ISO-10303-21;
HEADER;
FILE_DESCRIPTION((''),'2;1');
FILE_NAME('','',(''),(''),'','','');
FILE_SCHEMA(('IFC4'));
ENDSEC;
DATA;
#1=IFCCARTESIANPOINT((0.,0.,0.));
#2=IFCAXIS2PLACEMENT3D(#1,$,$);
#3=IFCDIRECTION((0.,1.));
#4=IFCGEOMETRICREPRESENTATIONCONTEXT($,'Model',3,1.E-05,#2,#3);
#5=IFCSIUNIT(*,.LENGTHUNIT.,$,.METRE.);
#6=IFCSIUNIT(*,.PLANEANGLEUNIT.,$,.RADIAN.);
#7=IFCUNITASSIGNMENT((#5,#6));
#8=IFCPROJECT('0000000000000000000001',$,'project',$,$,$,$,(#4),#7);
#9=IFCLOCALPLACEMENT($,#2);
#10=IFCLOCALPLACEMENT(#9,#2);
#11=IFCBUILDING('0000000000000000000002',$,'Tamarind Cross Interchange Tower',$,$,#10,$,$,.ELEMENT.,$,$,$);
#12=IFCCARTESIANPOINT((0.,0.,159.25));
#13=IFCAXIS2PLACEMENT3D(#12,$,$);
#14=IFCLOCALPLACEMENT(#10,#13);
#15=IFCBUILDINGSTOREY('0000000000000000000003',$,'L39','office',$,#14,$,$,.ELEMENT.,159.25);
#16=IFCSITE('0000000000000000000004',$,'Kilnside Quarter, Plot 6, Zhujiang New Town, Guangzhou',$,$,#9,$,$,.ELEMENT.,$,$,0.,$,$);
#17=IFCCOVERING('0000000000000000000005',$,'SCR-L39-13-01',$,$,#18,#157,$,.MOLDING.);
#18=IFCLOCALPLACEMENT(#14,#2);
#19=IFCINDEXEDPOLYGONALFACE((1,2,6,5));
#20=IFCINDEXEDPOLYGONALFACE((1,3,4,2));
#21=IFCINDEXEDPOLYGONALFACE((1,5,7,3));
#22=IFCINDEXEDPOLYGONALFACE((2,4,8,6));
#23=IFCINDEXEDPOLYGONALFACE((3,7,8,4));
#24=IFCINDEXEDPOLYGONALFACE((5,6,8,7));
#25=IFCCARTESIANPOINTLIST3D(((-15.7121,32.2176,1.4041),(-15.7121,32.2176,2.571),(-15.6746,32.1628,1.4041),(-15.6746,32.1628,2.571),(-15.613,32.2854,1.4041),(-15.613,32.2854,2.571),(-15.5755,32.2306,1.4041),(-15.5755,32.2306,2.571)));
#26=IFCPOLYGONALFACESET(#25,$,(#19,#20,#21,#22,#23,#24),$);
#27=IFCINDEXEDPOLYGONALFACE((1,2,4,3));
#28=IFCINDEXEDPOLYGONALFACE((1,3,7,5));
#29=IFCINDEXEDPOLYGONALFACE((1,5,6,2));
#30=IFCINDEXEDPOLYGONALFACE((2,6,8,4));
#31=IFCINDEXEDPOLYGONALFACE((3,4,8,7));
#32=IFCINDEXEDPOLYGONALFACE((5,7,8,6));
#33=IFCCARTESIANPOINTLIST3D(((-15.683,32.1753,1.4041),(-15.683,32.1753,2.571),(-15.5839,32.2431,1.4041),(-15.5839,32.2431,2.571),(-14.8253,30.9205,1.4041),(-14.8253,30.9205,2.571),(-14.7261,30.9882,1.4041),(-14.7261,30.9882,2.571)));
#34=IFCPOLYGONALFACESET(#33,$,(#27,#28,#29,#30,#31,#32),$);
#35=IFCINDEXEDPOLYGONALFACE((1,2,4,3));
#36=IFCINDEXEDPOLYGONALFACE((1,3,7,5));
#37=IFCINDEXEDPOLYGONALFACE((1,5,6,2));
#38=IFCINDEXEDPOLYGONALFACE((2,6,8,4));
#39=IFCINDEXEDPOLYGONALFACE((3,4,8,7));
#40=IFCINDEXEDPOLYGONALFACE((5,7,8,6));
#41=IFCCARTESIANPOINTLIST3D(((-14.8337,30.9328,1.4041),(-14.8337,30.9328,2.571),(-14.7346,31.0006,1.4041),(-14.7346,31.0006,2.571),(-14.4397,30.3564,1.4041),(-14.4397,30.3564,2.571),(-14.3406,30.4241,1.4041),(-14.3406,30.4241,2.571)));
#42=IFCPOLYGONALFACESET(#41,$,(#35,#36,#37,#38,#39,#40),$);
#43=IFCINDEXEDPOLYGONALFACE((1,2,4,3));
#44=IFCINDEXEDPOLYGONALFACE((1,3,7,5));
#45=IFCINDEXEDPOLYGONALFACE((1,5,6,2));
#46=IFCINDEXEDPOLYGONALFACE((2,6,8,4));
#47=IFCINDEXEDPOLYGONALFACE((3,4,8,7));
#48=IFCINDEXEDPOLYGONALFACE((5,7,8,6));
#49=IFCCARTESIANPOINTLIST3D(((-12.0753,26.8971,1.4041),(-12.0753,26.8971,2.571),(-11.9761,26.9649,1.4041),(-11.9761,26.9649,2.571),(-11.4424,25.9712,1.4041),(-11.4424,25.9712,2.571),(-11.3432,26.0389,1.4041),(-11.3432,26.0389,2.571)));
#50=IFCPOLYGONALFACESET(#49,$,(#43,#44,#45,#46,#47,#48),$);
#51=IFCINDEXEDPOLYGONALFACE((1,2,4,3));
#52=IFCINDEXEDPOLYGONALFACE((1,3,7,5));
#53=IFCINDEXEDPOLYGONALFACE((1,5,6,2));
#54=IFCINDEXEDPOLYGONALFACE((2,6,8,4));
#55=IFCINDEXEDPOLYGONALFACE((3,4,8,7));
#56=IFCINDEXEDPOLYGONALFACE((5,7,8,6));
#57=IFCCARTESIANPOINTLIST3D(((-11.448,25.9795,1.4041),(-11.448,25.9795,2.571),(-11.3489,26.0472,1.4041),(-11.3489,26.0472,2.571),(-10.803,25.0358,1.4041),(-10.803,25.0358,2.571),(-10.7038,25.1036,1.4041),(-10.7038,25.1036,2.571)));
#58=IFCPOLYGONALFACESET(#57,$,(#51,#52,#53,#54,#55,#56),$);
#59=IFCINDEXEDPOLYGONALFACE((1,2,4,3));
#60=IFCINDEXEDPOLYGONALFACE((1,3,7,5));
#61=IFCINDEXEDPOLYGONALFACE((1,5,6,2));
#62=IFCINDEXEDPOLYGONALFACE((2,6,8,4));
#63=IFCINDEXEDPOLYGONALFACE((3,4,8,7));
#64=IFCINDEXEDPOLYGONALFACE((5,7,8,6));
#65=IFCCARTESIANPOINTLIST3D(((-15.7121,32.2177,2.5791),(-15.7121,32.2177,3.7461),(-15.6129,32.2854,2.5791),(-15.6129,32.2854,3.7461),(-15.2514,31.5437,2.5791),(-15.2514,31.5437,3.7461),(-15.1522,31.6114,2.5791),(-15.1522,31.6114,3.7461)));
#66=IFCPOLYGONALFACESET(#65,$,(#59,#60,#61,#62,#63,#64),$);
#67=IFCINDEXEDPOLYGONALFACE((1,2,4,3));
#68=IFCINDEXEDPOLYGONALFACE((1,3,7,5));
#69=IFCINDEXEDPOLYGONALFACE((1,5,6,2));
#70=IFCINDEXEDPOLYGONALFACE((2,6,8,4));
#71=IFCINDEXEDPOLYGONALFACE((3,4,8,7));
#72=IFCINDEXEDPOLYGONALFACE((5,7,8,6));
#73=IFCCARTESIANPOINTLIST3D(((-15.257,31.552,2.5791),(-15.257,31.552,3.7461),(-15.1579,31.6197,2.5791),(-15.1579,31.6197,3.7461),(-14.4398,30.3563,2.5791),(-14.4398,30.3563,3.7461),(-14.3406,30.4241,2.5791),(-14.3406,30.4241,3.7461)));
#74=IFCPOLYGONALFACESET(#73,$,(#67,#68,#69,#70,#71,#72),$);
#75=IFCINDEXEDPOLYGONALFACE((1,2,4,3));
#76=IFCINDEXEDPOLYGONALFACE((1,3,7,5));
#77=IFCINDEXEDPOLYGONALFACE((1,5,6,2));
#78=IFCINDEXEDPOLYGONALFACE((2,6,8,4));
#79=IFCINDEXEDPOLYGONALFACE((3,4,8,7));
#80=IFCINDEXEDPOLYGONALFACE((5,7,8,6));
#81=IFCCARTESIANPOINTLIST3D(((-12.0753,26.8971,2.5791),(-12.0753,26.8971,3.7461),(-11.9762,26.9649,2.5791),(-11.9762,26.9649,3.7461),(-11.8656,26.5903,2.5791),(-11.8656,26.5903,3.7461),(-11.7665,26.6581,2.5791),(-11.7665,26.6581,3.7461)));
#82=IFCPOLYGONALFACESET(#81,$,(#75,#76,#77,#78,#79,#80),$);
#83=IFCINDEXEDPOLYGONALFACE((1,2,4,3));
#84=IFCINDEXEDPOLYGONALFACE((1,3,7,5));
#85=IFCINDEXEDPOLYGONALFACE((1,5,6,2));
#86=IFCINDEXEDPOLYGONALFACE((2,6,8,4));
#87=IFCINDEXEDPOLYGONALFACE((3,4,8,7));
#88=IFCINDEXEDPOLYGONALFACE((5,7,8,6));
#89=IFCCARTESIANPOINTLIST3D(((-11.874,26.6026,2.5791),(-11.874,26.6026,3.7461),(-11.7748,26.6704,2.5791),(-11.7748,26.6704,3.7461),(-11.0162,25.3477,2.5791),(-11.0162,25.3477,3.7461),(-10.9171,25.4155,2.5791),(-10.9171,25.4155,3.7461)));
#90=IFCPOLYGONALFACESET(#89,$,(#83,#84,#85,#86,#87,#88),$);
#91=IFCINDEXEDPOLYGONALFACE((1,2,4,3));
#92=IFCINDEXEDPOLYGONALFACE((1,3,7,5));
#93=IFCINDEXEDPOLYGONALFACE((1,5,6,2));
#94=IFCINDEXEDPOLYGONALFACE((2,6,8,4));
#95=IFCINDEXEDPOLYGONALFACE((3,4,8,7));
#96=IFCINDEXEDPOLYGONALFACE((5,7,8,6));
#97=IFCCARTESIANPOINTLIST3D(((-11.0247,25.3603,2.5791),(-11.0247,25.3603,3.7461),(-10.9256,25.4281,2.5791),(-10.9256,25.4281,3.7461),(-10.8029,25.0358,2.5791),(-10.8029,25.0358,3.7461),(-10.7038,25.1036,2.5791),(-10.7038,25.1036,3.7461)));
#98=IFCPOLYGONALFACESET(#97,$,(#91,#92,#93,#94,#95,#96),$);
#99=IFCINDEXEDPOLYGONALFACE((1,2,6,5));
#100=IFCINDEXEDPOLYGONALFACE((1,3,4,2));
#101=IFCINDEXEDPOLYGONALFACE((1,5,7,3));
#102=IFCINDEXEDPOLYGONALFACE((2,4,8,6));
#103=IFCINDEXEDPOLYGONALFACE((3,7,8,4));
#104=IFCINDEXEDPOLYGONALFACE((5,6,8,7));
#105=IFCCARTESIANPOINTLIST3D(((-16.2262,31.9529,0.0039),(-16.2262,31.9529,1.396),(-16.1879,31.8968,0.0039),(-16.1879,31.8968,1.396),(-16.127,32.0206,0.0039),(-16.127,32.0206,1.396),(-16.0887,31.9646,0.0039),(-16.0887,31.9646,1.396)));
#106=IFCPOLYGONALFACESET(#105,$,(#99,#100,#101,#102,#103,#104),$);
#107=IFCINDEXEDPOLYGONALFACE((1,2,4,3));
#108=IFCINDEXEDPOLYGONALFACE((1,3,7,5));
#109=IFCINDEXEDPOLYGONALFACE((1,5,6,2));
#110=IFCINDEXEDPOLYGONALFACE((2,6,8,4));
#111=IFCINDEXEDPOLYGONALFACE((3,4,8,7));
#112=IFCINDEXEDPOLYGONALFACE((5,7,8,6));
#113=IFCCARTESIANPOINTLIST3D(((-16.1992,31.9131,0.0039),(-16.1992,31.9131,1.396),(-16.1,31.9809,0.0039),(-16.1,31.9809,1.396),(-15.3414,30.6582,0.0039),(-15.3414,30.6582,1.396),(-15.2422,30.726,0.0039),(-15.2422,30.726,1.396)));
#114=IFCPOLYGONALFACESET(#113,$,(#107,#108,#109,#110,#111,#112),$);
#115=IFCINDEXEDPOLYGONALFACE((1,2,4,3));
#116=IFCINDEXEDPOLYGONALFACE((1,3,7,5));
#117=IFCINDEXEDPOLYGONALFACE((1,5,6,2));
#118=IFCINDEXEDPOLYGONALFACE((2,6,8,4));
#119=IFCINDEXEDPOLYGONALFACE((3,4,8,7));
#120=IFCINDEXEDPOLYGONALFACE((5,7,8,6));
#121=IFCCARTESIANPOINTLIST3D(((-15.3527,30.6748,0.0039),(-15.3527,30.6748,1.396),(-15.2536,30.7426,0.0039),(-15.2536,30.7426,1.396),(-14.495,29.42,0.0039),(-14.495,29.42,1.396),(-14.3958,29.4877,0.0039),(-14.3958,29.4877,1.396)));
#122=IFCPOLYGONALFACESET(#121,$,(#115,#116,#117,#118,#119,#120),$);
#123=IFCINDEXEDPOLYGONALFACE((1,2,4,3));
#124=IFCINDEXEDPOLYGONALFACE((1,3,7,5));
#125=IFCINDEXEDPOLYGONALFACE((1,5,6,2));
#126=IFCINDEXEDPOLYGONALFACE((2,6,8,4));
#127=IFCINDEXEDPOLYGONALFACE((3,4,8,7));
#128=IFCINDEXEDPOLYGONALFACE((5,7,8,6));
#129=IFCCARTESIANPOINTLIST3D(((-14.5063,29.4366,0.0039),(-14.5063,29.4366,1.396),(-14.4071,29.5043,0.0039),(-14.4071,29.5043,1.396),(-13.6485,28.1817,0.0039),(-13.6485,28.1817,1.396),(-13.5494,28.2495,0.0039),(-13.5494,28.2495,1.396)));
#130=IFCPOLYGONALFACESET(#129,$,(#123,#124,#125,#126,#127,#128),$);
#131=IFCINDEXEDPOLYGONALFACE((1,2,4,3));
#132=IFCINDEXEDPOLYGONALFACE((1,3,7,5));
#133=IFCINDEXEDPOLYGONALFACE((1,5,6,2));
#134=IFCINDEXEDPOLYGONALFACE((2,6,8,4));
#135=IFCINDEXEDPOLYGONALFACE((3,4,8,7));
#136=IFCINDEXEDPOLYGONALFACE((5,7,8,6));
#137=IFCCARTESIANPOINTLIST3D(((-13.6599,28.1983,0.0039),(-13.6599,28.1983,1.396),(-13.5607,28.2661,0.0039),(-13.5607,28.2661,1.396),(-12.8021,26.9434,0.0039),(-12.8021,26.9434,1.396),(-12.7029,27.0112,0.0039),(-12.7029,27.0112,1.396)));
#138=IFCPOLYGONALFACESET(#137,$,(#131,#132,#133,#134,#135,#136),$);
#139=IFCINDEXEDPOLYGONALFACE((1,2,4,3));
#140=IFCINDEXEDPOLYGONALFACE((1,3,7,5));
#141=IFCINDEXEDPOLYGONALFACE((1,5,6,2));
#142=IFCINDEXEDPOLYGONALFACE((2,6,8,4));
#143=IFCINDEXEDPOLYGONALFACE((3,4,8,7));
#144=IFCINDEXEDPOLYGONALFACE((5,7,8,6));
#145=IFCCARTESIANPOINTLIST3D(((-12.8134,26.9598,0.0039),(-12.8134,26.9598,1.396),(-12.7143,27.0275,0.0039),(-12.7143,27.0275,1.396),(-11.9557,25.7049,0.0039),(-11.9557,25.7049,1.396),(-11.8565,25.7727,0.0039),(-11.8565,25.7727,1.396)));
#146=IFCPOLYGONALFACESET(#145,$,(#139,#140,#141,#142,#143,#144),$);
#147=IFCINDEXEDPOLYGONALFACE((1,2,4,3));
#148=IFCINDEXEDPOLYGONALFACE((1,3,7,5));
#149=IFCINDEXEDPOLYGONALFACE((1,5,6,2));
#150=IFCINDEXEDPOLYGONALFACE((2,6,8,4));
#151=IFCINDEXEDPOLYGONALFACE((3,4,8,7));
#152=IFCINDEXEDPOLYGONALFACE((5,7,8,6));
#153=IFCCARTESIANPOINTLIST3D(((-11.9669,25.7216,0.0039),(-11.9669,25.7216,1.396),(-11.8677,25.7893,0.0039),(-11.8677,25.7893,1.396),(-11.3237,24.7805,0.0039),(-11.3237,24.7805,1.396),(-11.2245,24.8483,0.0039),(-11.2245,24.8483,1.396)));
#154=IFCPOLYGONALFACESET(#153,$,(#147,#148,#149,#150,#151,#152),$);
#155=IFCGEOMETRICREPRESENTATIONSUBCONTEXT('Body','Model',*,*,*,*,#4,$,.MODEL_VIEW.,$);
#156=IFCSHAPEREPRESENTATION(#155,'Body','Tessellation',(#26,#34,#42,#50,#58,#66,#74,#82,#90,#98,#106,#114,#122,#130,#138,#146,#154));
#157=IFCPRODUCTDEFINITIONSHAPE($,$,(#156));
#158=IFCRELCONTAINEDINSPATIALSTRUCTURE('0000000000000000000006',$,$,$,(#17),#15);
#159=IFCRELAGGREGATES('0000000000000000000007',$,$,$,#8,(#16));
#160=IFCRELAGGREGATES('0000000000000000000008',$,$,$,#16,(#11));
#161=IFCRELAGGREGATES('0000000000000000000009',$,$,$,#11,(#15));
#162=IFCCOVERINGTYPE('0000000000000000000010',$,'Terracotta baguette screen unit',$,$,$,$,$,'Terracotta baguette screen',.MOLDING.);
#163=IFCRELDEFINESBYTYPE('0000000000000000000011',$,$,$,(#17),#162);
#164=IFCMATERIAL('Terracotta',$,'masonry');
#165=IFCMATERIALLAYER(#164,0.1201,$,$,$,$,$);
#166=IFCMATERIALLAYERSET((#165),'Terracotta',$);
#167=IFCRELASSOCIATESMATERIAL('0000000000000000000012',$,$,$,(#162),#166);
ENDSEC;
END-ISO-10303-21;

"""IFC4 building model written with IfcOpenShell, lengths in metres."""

from ifc_helpers import new_model, si_unit, direction, frame, origin, origin_2d, place, context, subcontext, project, spatial, rectangle, extrude, material, layer, layer_set, type_object, element, save


model = new_model("IFC4")

# Units and contexts
model_context = context("Model", 3, precision=1e-05, world=origin(), true_north=direction((0.0, 1.0)))
body_context = subcontext(model_context, "Body", "Model", "MODEL_VIEW")
ifc_project = project(units=[si_unit("LENGTHUNIT", "METRE"), si_unit("PLANEANGLEUNIT", "RADIAN")], contexts=[model_context])

# Site, building, storey
site_placement = place(None, origin())
site = spatial("IfcSite", under=ifc_project, at=site_placement, Name="Kilnside Quarter, Plot 6, Zhujiang New Town, Guangzhou", CompositionType="ELEMENT", RefElevation=0.0)
building_placement = place(site_placement, origin())
building = spatial("IfcBuilding", under=site, at=building_placement, Name="Tamarind Cross Interchange Tower", CompositionType="ELEMENT")
storey_placement = place(building_placement, frame((0.0, 0.0, 159.25)))
storey = spatial("IfcBuildingStorey", under=building, at=storey_placement, Name="L39", Description="office", CompositionType="ELEMENT", Elevation=159.25)

# Covering
ifc_material_1 = material(Name="Terracotta", Category="masonry")
ifc_layer_1 = layer(ifc_material_1, 0.1201)
ifc_layer_set_1 = layer_set([ifc_layer_1], Name="Terracotta")
covering_type = type_object("IfcCoveringType", Name="Terracotta baguette screen unit", ElementType="Terracotta baguette screen", PredefinedType="MOLDING", material=ifc_layer_set_1)
covering_1_placement = place(storey_placement, origin())
element("IfcCovering", 1, at=covering_1_placement, inside=storey, type_object=covering_type, Name="SCR-L39-13-01", PredefinedType="MOLDING", context=body_context, shape_type="SweptSolid", body=[
    extrude(rectangle(XDim=0.0664, YDim=0.1201, at=origin_2d()), frame((-15.6438, 32.2241, 1.4041), z_axis=(0.0, 0.0, 1.0), x_axis=(0.564301, -0.825569, 0.0)), (0.0, 0.0, 1.0), 1.167),
    extrude(rectangle(XDim=1.52, YDim=0.1201, at=origin_2d()), frame((-15.2046, 31.5818, 1.4041), z_axis=(0.0, 0.0, 1.0), x_axis=(0.564301, -0.825569, 0.0)), (0.0, 0.0, 1.0), 1.167),
    extrude(rectangle(XDim=0.6982, YDim=0.1201, at=origin_2d()), frame((-14.5872, 30.6785, 1.4041), z_axis=(0.0, 0.0, 1.0), x_axis=(0.564301, -0.825569, 0.0)), (0.0, 0.0, 1.0), 1.167),
    extrude(rectangle(XDim=1.1216, YDim=0.1201, at=origin_2d()), frame((-11.7092, 26.468, 1.4041), z_axis=(0.0, 0.0, 1.0), x_axis=(0.564301, -0.825569, 0.0)), (0.0, 0.0, 1.0), 1.167),
    extrude(rectangle(XDim=1.1431, YDim=0.1201, at=origin_2d()), frame((-11.0759, 25.5415, 1.4041), z_axis=(0.0, 0.0, 1.0), x_axis=(0.564301, -0.825569, 0.0)), (0.0, 0.0, 1.0), 1.167),
    extrude(rectangle(XDim=0.8164, YDim=0.1201, at=origin_2d()), frame((-15.4321, 31.9146, 2.5791), z_axis=(0.0, 0.0, 1.0), x_axis=(0.564301, -0.825569, 0.0)), (0.0, 0.0, 1.0), 1.167),
    extrude(rectangle(XDim=1.4482, YDim=0.1201, at=origin_2d()), frame((-14.7988, 30.988, 2.5791), z_axis=(0.0, 0.0, 1.0), x_axis=(0.564301, -0.825569, 0.0)), (0.0, 0.0, 1.0), 1.167),
    extrude(rectangle(XDim=0.3716, YDim=0.1201, at=origin_2d()), frame((-11.9209, 26.7776, 2.5791), z_axis=(0.0, 0.0, 1.0), x_axis=(0.564301, -0.825569, 0.0)), (0.0, 0.0, 1.0), 1.167),
    extrude(rectangle(XDim=1.52, YDim=0.1201, at=origin_2d()), frame((-11.3955, 26.009, 2.5791), z_axis=(0.0, 0.0, 1.0), x_axis=(0.564301, -0.825569, 0.0)), (0.0, 0.0, 1.0), 1.167),
    extrude(rectangle(XDim=0.3931, YDim=0.1201, at=origin_2d()), frame((-10.8643, 25.2319, 2.5791), z_axis=(0.0, 0.0, 1.0), x_axis=(0.564301, -0.825569, 0.0)), (0.0, 0.0, 1.0), 1.167),
    extrude(rectangle(XDim=0.0679, YDim=0.1201, at=origin_2d()), frame((-16.1575, 31.9587, 0.0039), z_axis=(0.0, 0.0, 1.0), x_axis=(0.564301, -0.825569, 0.0)), (0.0, 0.0, 1.0), 1.3921),
    extrude(rectangle(XDim=1.52, YDim=0.1201, at=origin_2d()), frame((-15.7207, 31.3196, 0.0039), z_axis=(0.0, 0.0, 1.0), x_axis=(0.564301, -0.825569, 0.0)), (0.0, 0.0, 1.0), 1.3921),
    extrude(rectangle(XDim=1.52, YDim=0.1201, at=origin_2d()), frame((-14.8743, 30.0813, 0.0039), z_axis=(0.0, 0.0, 1.0), x_axis=(0.564301, -0.825569, 0.0)), (0.0, 0.0, 1.0), 1.3921),
    extrude(rectangle(XDim=1.52, YDim=0.1201, at=origin_2d()), frame((-14.0278, 28.843, 0.0039), z_axis=(0.0, 0.0, 1.0), x_axis=(0.564301, -0.825569, 0.0)), (0.0, 0.0, 1.0), 1.3921),
    extrude(rectangle(XDim=1.52, YDim=0.1201, at=origin_2d()), frame((-13.1814, 27.6047, 0.0039), z_axis=(0.0, 0.0, 1.0), x_axis=(0.564301, -0.825569, 0.0)), (0.0, 0.0, 1.0), 1.3921),
    extrude(rectangle(XDim=1.52, YDim=0.1201, at=origin_2d()), frame((-12.335, 26.3662, 0.0039), z_axis=(0.0, 0.0, 1.0), x_axis=(0.564301, -0.825569, 0.0)), (0.0, 0.0, 1.0), 1.3921),
    extrude(rectangle(XDim=1.1399, YDim=0.1201, at=origin_2d()), frame((-11.5957, 25.2849, 0.0039), z_axis=(0.0, 0.0, 1.0), x_axis=(0.564301, -0.825569, 0.0)), (0.0, 0.0, 1.0), 1.3921),
])

save(model, "model.ifc")
